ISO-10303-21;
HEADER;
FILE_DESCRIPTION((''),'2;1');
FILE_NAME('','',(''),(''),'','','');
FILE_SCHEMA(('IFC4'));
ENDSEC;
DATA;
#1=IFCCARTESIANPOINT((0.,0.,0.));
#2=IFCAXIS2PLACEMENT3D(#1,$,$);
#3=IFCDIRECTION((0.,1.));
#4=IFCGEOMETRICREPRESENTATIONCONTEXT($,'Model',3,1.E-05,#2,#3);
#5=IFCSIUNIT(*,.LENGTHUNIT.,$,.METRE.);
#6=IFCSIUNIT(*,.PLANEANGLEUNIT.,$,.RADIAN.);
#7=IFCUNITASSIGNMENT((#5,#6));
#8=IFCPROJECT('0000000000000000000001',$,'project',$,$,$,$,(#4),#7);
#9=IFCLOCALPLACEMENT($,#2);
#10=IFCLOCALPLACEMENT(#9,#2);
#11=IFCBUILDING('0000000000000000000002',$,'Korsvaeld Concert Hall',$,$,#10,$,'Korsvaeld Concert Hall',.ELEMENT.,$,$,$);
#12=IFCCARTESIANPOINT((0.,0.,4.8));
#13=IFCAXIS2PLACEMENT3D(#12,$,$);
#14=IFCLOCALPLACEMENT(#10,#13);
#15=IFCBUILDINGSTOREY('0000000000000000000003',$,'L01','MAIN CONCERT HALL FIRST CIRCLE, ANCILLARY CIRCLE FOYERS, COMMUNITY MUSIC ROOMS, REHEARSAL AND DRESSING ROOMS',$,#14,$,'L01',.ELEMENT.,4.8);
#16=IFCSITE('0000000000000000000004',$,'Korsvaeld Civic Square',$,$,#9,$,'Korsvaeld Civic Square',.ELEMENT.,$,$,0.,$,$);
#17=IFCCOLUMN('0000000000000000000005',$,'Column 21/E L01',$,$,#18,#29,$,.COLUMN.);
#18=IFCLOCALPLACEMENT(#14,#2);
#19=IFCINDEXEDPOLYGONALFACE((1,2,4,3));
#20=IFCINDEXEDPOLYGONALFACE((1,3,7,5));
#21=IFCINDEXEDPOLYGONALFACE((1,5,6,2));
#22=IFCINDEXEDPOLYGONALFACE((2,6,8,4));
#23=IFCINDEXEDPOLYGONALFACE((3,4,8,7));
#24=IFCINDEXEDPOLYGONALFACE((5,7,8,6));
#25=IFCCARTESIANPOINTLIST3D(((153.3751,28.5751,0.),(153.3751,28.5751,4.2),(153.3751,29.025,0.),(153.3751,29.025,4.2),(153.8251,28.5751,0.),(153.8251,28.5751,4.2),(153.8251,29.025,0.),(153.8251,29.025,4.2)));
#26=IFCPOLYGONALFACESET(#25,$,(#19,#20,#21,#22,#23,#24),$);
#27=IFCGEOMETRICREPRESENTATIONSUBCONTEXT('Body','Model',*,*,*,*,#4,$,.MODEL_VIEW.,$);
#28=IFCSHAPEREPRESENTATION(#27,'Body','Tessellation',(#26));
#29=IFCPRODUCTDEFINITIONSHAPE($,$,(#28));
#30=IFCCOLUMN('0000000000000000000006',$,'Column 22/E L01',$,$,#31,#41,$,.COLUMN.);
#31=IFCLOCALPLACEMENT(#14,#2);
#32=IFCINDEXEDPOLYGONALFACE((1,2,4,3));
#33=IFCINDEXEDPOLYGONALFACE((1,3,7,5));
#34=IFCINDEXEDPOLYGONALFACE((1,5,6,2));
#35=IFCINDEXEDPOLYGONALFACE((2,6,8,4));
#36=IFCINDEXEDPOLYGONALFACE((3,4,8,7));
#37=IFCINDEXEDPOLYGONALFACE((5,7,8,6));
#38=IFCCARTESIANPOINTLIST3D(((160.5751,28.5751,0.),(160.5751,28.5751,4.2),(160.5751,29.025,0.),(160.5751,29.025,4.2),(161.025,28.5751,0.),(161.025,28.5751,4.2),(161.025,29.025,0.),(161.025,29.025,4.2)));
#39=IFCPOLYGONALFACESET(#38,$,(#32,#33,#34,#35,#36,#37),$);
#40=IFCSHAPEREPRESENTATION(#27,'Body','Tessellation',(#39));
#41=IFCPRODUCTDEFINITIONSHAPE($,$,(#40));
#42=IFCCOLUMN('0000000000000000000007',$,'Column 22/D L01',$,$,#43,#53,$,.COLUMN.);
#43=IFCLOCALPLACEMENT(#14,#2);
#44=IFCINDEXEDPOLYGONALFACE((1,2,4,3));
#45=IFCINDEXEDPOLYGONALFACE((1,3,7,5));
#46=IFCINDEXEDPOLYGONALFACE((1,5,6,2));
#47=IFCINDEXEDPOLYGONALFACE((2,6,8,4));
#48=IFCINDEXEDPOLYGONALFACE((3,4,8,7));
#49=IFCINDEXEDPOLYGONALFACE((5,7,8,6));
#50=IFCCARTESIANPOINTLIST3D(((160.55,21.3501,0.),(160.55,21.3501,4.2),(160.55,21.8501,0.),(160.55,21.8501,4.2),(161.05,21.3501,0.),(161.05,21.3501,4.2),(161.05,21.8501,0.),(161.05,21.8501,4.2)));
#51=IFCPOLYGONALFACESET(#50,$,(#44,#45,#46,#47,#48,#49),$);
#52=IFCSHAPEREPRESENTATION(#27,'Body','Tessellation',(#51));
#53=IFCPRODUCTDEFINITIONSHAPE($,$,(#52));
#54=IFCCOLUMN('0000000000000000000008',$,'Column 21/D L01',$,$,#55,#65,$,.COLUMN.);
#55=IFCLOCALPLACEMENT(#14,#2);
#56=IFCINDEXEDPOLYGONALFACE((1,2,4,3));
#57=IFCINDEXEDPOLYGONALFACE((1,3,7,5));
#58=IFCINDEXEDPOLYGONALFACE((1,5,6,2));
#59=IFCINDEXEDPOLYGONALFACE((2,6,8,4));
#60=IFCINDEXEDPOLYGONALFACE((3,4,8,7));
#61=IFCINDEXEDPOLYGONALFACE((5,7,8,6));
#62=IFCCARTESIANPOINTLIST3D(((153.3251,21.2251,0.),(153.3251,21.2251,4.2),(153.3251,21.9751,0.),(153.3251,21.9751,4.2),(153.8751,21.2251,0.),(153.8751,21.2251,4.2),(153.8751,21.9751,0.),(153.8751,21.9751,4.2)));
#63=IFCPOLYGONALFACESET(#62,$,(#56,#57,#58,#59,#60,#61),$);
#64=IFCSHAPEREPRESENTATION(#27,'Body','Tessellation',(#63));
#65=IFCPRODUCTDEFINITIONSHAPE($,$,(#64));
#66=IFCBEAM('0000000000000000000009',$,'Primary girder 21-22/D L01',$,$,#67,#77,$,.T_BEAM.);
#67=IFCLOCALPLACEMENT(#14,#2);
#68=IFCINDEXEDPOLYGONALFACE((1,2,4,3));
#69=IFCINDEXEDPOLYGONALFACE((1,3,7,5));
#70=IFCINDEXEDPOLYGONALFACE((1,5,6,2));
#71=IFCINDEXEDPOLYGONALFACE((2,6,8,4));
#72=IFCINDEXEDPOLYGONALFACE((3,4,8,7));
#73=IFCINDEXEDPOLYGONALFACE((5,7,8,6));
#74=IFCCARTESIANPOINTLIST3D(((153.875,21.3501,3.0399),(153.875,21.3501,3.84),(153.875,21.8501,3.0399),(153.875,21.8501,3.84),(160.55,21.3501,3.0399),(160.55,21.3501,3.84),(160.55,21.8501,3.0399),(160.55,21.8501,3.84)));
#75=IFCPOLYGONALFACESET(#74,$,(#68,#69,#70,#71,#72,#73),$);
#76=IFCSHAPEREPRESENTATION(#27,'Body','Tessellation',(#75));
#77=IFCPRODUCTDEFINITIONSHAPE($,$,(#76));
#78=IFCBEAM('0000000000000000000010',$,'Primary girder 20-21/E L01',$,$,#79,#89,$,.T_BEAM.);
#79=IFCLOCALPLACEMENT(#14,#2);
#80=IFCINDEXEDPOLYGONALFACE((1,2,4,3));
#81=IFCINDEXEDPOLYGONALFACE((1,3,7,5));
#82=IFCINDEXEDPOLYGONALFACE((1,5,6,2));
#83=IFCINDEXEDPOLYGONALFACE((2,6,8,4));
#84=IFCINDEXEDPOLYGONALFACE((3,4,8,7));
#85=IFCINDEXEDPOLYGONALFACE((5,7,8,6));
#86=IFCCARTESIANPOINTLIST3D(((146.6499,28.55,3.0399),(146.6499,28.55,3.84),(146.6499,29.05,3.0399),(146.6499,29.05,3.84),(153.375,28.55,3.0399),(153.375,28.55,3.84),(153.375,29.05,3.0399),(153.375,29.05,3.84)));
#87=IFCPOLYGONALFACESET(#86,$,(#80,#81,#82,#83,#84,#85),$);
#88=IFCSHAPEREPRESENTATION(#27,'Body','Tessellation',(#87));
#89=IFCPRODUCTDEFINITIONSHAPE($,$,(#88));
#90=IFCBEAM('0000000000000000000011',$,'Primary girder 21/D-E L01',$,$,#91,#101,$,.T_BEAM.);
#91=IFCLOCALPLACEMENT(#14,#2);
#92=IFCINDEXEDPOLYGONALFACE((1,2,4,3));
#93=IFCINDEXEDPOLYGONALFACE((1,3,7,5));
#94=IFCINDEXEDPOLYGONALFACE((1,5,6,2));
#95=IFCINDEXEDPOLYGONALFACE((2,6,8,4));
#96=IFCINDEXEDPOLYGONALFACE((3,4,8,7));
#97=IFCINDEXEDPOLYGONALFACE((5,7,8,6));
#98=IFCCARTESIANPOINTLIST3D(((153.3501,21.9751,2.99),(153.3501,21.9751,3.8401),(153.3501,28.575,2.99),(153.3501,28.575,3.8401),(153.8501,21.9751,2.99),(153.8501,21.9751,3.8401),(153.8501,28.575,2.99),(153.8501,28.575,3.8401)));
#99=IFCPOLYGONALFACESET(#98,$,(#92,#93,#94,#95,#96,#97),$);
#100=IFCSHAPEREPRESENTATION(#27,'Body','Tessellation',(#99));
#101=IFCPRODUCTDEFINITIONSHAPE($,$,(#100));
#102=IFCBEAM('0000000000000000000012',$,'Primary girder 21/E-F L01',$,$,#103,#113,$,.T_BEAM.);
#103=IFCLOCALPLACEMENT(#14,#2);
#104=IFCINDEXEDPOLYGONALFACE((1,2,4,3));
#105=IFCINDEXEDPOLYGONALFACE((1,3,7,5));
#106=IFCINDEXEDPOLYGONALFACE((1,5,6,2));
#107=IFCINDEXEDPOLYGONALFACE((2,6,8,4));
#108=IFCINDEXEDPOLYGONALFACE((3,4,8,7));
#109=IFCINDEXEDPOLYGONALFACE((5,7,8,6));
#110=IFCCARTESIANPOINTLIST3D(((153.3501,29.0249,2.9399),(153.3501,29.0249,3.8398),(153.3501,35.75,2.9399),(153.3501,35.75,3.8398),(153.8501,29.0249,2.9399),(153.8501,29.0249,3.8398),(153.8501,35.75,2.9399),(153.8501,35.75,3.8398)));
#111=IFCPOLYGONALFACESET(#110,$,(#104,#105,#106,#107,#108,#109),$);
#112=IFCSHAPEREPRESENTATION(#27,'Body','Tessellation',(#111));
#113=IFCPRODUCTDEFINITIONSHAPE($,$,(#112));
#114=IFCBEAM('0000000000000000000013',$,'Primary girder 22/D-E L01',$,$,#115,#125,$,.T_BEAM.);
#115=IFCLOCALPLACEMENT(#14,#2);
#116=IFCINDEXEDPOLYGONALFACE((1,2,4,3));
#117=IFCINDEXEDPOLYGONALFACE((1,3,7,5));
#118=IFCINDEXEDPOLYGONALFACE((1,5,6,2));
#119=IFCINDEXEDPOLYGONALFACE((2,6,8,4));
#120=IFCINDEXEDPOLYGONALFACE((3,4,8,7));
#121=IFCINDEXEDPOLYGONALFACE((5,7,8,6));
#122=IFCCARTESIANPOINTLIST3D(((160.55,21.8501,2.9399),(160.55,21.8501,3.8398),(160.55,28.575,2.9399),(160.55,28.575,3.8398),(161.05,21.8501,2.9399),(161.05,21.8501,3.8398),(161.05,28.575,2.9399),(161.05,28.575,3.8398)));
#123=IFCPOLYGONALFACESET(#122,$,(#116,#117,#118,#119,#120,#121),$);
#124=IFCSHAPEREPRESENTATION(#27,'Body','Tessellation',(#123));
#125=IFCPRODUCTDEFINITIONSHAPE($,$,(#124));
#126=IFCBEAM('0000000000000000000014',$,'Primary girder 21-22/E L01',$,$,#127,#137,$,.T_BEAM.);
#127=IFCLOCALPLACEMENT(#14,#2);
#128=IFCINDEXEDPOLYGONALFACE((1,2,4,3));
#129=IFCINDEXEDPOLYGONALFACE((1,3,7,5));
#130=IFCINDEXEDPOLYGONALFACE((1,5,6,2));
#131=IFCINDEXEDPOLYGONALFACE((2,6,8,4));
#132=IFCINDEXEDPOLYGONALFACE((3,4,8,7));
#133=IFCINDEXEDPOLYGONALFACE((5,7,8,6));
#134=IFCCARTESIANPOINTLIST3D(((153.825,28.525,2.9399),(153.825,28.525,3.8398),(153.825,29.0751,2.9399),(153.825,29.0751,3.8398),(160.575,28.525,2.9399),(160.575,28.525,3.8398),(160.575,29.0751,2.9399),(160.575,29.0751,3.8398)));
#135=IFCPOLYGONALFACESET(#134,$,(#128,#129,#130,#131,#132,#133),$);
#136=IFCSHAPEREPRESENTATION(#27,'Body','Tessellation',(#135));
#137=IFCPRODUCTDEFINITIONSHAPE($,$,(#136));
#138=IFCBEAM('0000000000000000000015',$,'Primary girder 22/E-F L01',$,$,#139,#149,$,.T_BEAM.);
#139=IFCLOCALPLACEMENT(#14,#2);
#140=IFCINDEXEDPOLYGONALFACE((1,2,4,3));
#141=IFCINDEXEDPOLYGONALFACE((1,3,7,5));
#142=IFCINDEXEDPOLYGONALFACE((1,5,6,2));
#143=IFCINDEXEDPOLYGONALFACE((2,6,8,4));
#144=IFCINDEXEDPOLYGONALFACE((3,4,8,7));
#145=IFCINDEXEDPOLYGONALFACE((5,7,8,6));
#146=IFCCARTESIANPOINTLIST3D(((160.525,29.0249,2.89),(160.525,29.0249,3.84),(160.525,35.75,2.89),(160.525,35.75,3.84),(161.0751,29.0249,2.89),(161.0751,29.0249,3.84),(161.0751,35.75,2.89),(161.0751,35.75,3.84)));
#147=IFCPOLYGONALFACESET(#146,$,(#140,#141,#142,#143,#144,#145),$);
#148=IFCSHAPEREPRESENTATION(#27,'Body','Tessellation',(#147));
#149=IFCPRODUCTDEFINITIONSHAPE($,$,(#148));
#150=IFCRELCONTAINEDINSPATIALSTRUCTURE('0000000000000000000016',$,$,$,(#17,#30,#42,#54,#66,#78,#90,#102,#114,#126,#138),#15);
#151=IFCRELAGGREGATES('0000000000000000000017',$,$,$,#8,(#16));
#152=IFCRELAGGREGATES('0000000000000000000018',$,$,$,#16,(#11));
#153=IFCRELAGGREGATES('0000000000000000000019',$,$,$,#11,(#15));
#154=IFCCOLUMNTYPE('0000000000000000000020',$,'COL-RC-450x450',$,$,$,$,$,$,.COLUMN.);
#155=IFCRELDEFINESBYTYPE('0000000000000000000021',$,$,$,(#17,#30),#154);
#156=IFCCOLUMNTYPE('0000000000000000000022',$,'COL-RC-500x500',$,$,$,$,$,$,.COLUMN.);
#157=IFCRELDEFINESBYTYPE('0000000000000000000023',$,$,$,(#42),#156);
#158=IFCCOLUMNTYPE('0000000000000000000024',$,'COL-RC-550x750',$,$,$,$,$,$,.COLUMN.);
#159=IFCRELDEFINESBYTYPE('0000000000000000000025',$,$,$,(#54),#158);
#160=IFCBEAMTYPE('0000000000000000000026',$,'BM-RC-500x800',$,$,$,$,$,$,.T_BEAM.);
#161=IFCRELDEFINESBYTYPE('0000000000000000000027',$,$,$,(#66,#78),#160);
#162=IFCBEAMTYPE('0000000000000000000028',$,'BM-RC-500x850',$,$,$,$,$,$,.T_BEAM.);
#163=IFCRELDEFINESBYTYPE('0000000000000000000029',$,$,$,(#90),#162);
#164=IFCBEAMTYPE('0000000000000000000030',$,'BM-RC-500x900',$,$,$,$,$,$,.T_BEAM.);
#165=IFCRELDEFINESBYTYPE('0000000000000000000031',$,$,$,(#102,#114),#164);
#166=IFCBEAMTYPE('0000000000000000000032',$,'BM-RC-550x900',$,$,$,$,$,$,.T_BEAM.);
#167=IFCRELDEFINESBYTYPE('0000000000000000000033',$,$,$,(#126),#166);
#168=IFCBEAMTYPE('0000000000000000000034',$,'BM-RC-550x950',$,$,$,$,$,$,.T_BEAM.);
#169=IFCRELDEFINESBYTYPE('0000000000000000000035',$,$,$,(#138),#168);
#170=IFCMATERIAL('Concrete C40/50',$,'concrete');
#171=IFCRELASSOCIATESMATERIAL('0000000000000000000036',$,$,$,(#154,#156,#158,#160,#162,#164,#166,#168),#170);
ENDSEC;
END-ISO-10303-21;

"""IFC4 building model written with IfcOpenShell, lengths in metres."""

from ifc_helpers import new_model, si_unit, direction, frame, origin, origin_2d, place, context, subcontext, project, spatial, rectangle, extrude, material, material_profile, profile_set, type_object, element, save


model = new_model("IFC4")

# Units and contexts
model_context = context("Model", 3, precision=1e-05, world=origin(), true_north=direction((0.0, 1.0)))
body_context = subcontext(model_context, "Body", "Model", "MODEL_VIEW")
ifc_project = project(units=[si_unit("LENGTHUNIT", "METRE"), si_unit("PLANEANGLEUNIT", "RADIAN")], contexts=[model_context])

# Site, building, storey
site_placement = place(None, origin())
site = spatial("IfcSite", under=ifc_project, at=site_placement, Name="Korsvaeld Civic Square", LongName="Korsvaeld Civic Square", CompositionType="ELEMENT", RefElevation=0.0)
building_placement = place(site_placement, origin())
building = spatial("IfcBuilding", under=site, at=building_placement, Name="Korsvaeld Concert Hall", LongName="Korsvaeld Concert Hall", CompositionType="ELEMENT")
storey_placement = place(building_placement, frame((0.0, 0.0, 4.8)))
storey = spatial("IfcBuildingStorey", under=building, at=storey_placement, Name="L01", Description="MAIN CONCERT HALL FIRST CIRCLE, ANCILLARY CIRCLE FOYERS, COMMUNITY MUSIC ROOMS, REHEARSAL AND DRESSING ROOMS", LongName="L01", CompositionType="ELEMENT", Elevation=4.8)

# Columns
ifc_material_1 = material(Name="Concrete C40/50", Category="concrete")
ifc_material_profile_1 = material_profile(ifc_material_1, rectangle(XDim=0.45, YDim=0.45, at=origin_2d()), Name="RC 450x450")
ifc_profile_set_1 = profile_set([ifc_material_profile_1], Name="Concrete C40/50")
column_type_1 = type_object("IfcColumnType", Name="COL-RC-450x450", PredefinedType="COLUMN", material=ifc_profile_set_1)
for number, where, z_axis, x_axis, name in (
    (1, (153.6001, 28.8, 0.0), (0.0, 0.0, 1.0), (1.0, 0.0, 0.0), "Column 21/E L01"),
    (2, (160.8, 28.8, 0.0), (0.0, 0.0, 1.0), (1.0, 0.0, 0.0), "Column 22/E L01"),
):
    element("IfcColumn", number, at=place(storey_placement, frame(where, z_axis=z_axis, x_axis=x_axis)), inside=storey, type_object=column_type_1, Name=name, PredefinedType="COLUMN", context=body_context, shape_type="SweptSolid", body=[
        extrude(rectangle(XDim=0.45, YDim=0.45, at=origin_2d()), origin(), (0.0, 0.0, 1.0), 4.2),
    ])
ifc_material_profile_2 = material_profile(ifc_material_1, rectangle(XDim=0.5, YDim=0.5, at=origin_2d()), Name="RC 500x500")
ifc_profile_set_2 = profile_set([ifc_material_profile_2], Name="Concrete C40/50")
column_type_2 = type_object("IfcColumnType", Name="COL-RC-500x500", PredefinedType="COLUMN", material=ifc_profile_set_2)
column_1_placement = place(storey_placement, frame((160.8, 21.6001, 0.0), z_axis=(0.0, 0.0, 1.0), x_axis=(1.0, 0.0, 0.0)))
element("IfcColumn", 3, at=column_1_placement, inside=storey, type_object=column_type_2, Name="Column 22/D L01", PredefinedType="COLUMN", context=body_context, shape_type="SweptSolid", body=[
    extrude(rectangle(XDim=0.5, YDim=0.5, at=origin_2d()), origin(), (0.0, 0.0, 1.0), 4.2),
])
ifc_material_profile_3 = material_profile(ifc_material_1, rectangle(XDim=0.55, YDim=0.75, at=origin_2d()), Name="RC 550x750")
ifc_profile_set_3 = profile_set([ifc_material_profile_3], Name="Concrete C40/50")
column_type_3 = type_object("IfcColumnType", Name="COL-RC-550x750", PredefinedType="COLUMN", material=ifc_profile_set_3)
column_2_placement = place(storey_placement, frame((153.6001, 21.6001, 0.0), z_axis=(0.0, 0.0, 1.0), x_axis=(1.0, 0.0, 0.0)))
element("IfcColumn", 4, at=column_2_placement, inside=storey, type_object=column_type_3, Name="Column 21/D L01", PredefinedType="COLUMN", context=body_context, shape_type="SweptSolid", body=[
    extrude(rectangle(XDim=0.55, YDim=0.75, at=origin_2d()), origin(), (0.0, 0.0, 1.0), 4.2),
])

# Beams
ifc_material_profile_4 = material_profile(ifc_material_1, rectangle(XDim=0.5, YDim=0.8, at=origin_2d()), Name="RC 500x800")
ifc_profile_set_4 = profile_set([ifc_material_profile_4], Name="Concrete C40/50")
beam_type_1 = type_object("IfcBeamType", Name="BM-RC-500x800", PredefinedType="T_BEAM", material=ifc_profile_set_4)
beam_1_placement = place(storey_placement, frame((153.875, 21.6001, 3.4399), z_axis=(1.0, 0.0, 0.0), x_axis=(0.0, 1.0, 0.0)))
element("IfcBeam", 5, at=beam_1_placement, inside=storey, type_object=beam_type_1, Name="Primary girder 21-22/D L01", PredefinedType="T_BEAM", context=body_context, shape_type="SweptSolid", body=[
    extrude(rectangle(XDim=0.5, YDim=0.8, at=origin_2d()), origin(), (0.0, 0.0, 1.0), 6.675),
])
beam_2_placement = place(storey_placement, frame((146.6499, 28.8, 3.4399), z_axis=(1.0, 0.0, 0.0), x_axis=(0.0, 1.0, 0.0)))
element("IfcBeam", 6, at=beam_2_placement, inside=storey, type_object=beam_type_1, Name="Primary girder 20-21/E L01", PredefinedType="T_BEAM", context=body_context, shape_type="SweptSolid", body=[
    extrude(rectangle(XDim=0.5, YDim=0.8, at=origin_2d()), origin(), (0.0, 0.0, 1.0), 6.7251),
])
ifc_material_profile_5 = material_profile(ifc_material_1, rectangle(XDim=0.5, YDim=0.8501, at=origin_2d()), Name="RC 500x850")
ifc_profile_set_5 = profile_set([ifc_material_profile_5], Name="Concrete C40/50")
beam_type_2 = type_object("IfcBeamType", Name="BM-RC-500x850", PredefinedType="T_BEAM", material=ifc_profile_set_5)
beam_3_placement = place(storey_placement, frame((153.6001, 21.9751, 3.415), z_axis=(0.0, 1.0, 0.0), x_axis=(-1.0, 0.0, 0.0)))
element("IfcBeam", 7, at=beam_3_placement, inside=storey, type_object=beam_type_2, Name="Primary girder 21/D-E L01", PredefinedType="T_BEAM", context=body_context, shape_type="SweptSolid", body=[
    extrude(rectangle(XDim=0.5, YDim=0.8501, at=origin_2d()), origin(), (0.0, 0.0, 1.0), 6.5999),
])
ifc_material_profile_6 = material_profile(ifc_material_1, rectangle(XDim=0.5, YDim=0.8999, at=origin_2d()), Name="RC 500x900")
ifc_profile_set_6 = profile_set([ifc_material_profile_6], Name="Concrete C40/50")
beam_type_3 = type_object("IfcBeamType", Name="BM-RC-500x900", PredefinedType="T_BEAM", material=ifc_profile_set_6)
beam_4_placement = place(storey_placement, frame((153.6001, 29.0249, 3.3899), z_axis=(0.0, 1.0, 0.0), x_axis=(-1.0, 0.0, 0.0)))
element("IfcBeam", 8, at=beam_4_placement, inside=storey, type_object=beam_type_3, Name="Primary girder 21/E-F L01", PredefinedType="T_BEAM", context=body_context, shape_type="SweptSolid", body=[
    extrude(rectangle(XDim=0.5, YDim=0.8999, at=origin_2d()), origin(), (0.0, 0.0, 1.0), 6.7251),
])
beam_5_placement = place(storey_placement, frame((160.8, 21.8501, 3.3899), z_axis=(0.0, 1.0, 0.0), x_axis=(-1.0, 0.0, 0.0)))
element("IfcBeam", 9, at=beam_5_placement, inside=storey, type_object=beam_type_3, Name="Primary girder 22/D-E L01", PredefinedType="T_BEAM", context=body_context, shape_type="SweptSolid", body=[
    extrude(rectangle(XDim=0.5, YDim=0.8999, at=origin_2d()), origin(), (0.0, 0.0, 1.0), 6.7249),
])
ifc_material_profile_7 = material_profile(ifc_material_1, rectangle(XDim=0.55, YDim=0.8999, at=origin_2d()), Name="RC 550x900")
ifc_profile_set_7 = profile_set([ifc_material_profile_7], Name="Concrete C40/50")
beam_type_4 = type_object("IfcBeamType", Name="BM-RC-550x900", PredefinedType="T_BEAM", material=ifc_profile_set_7)
beam_6_placement = place(storey_placement, frame((153.825, 28.8, 3.3899), z_axis=(1.0, 0.0, 0.0), x_axis=(0.0, 1.0, 0.0)))
element("IfcBeam", 10, at=beam_6_placement, inside=storey, type_object=beam_type_4, Name="Primary girder 21-22/E L01", PredefinedType="T_BEAM", context=body_context, shape_type="SweptSolid", body=[
    extrude(rectangle(XDim=0.55, YDim=0.8999, at=origin_2d()), origin(), (0.0, 0.0, 1.0), 6.75),
])
ifc_material_profile_8 = material_profile(ifc_material_1, rectangle(XDim=0.55, YDim=0.95, at=origin_2d()), Name="RC 550x950")
ifc_profile_set_8 = profile_set([ifc_material_profile_8], Name="Concrete C40/50")
beam_type_5 = type_object("IfcBeamType", Name="BM-RC-550x950", PredefinedType="T_BEAM", material=ifc_profile_set_8)
beam_7_placement = place(storey_placement, frame((160.8, 29.0249, 3.365), z_axis=(0.0, 1.0, 0.0), x_axis=(-1.0, 0.0, 0.0)))
element("IfcBeam", 11, at=beam_7_placement, inside=storey, type_object=beam_type_5, Name="Primary girder 22/E-F L01", PredefinedType="T_BEAM", context=body_context, shape_type="SweptSolid", body=[
    extrude(rectangle(XDim=0.55, YDim=0.95, at=origin_2d()), origin(), (0.0, 0.0, 1.0), 6.7251),
])

save(model, "model.ifc")
